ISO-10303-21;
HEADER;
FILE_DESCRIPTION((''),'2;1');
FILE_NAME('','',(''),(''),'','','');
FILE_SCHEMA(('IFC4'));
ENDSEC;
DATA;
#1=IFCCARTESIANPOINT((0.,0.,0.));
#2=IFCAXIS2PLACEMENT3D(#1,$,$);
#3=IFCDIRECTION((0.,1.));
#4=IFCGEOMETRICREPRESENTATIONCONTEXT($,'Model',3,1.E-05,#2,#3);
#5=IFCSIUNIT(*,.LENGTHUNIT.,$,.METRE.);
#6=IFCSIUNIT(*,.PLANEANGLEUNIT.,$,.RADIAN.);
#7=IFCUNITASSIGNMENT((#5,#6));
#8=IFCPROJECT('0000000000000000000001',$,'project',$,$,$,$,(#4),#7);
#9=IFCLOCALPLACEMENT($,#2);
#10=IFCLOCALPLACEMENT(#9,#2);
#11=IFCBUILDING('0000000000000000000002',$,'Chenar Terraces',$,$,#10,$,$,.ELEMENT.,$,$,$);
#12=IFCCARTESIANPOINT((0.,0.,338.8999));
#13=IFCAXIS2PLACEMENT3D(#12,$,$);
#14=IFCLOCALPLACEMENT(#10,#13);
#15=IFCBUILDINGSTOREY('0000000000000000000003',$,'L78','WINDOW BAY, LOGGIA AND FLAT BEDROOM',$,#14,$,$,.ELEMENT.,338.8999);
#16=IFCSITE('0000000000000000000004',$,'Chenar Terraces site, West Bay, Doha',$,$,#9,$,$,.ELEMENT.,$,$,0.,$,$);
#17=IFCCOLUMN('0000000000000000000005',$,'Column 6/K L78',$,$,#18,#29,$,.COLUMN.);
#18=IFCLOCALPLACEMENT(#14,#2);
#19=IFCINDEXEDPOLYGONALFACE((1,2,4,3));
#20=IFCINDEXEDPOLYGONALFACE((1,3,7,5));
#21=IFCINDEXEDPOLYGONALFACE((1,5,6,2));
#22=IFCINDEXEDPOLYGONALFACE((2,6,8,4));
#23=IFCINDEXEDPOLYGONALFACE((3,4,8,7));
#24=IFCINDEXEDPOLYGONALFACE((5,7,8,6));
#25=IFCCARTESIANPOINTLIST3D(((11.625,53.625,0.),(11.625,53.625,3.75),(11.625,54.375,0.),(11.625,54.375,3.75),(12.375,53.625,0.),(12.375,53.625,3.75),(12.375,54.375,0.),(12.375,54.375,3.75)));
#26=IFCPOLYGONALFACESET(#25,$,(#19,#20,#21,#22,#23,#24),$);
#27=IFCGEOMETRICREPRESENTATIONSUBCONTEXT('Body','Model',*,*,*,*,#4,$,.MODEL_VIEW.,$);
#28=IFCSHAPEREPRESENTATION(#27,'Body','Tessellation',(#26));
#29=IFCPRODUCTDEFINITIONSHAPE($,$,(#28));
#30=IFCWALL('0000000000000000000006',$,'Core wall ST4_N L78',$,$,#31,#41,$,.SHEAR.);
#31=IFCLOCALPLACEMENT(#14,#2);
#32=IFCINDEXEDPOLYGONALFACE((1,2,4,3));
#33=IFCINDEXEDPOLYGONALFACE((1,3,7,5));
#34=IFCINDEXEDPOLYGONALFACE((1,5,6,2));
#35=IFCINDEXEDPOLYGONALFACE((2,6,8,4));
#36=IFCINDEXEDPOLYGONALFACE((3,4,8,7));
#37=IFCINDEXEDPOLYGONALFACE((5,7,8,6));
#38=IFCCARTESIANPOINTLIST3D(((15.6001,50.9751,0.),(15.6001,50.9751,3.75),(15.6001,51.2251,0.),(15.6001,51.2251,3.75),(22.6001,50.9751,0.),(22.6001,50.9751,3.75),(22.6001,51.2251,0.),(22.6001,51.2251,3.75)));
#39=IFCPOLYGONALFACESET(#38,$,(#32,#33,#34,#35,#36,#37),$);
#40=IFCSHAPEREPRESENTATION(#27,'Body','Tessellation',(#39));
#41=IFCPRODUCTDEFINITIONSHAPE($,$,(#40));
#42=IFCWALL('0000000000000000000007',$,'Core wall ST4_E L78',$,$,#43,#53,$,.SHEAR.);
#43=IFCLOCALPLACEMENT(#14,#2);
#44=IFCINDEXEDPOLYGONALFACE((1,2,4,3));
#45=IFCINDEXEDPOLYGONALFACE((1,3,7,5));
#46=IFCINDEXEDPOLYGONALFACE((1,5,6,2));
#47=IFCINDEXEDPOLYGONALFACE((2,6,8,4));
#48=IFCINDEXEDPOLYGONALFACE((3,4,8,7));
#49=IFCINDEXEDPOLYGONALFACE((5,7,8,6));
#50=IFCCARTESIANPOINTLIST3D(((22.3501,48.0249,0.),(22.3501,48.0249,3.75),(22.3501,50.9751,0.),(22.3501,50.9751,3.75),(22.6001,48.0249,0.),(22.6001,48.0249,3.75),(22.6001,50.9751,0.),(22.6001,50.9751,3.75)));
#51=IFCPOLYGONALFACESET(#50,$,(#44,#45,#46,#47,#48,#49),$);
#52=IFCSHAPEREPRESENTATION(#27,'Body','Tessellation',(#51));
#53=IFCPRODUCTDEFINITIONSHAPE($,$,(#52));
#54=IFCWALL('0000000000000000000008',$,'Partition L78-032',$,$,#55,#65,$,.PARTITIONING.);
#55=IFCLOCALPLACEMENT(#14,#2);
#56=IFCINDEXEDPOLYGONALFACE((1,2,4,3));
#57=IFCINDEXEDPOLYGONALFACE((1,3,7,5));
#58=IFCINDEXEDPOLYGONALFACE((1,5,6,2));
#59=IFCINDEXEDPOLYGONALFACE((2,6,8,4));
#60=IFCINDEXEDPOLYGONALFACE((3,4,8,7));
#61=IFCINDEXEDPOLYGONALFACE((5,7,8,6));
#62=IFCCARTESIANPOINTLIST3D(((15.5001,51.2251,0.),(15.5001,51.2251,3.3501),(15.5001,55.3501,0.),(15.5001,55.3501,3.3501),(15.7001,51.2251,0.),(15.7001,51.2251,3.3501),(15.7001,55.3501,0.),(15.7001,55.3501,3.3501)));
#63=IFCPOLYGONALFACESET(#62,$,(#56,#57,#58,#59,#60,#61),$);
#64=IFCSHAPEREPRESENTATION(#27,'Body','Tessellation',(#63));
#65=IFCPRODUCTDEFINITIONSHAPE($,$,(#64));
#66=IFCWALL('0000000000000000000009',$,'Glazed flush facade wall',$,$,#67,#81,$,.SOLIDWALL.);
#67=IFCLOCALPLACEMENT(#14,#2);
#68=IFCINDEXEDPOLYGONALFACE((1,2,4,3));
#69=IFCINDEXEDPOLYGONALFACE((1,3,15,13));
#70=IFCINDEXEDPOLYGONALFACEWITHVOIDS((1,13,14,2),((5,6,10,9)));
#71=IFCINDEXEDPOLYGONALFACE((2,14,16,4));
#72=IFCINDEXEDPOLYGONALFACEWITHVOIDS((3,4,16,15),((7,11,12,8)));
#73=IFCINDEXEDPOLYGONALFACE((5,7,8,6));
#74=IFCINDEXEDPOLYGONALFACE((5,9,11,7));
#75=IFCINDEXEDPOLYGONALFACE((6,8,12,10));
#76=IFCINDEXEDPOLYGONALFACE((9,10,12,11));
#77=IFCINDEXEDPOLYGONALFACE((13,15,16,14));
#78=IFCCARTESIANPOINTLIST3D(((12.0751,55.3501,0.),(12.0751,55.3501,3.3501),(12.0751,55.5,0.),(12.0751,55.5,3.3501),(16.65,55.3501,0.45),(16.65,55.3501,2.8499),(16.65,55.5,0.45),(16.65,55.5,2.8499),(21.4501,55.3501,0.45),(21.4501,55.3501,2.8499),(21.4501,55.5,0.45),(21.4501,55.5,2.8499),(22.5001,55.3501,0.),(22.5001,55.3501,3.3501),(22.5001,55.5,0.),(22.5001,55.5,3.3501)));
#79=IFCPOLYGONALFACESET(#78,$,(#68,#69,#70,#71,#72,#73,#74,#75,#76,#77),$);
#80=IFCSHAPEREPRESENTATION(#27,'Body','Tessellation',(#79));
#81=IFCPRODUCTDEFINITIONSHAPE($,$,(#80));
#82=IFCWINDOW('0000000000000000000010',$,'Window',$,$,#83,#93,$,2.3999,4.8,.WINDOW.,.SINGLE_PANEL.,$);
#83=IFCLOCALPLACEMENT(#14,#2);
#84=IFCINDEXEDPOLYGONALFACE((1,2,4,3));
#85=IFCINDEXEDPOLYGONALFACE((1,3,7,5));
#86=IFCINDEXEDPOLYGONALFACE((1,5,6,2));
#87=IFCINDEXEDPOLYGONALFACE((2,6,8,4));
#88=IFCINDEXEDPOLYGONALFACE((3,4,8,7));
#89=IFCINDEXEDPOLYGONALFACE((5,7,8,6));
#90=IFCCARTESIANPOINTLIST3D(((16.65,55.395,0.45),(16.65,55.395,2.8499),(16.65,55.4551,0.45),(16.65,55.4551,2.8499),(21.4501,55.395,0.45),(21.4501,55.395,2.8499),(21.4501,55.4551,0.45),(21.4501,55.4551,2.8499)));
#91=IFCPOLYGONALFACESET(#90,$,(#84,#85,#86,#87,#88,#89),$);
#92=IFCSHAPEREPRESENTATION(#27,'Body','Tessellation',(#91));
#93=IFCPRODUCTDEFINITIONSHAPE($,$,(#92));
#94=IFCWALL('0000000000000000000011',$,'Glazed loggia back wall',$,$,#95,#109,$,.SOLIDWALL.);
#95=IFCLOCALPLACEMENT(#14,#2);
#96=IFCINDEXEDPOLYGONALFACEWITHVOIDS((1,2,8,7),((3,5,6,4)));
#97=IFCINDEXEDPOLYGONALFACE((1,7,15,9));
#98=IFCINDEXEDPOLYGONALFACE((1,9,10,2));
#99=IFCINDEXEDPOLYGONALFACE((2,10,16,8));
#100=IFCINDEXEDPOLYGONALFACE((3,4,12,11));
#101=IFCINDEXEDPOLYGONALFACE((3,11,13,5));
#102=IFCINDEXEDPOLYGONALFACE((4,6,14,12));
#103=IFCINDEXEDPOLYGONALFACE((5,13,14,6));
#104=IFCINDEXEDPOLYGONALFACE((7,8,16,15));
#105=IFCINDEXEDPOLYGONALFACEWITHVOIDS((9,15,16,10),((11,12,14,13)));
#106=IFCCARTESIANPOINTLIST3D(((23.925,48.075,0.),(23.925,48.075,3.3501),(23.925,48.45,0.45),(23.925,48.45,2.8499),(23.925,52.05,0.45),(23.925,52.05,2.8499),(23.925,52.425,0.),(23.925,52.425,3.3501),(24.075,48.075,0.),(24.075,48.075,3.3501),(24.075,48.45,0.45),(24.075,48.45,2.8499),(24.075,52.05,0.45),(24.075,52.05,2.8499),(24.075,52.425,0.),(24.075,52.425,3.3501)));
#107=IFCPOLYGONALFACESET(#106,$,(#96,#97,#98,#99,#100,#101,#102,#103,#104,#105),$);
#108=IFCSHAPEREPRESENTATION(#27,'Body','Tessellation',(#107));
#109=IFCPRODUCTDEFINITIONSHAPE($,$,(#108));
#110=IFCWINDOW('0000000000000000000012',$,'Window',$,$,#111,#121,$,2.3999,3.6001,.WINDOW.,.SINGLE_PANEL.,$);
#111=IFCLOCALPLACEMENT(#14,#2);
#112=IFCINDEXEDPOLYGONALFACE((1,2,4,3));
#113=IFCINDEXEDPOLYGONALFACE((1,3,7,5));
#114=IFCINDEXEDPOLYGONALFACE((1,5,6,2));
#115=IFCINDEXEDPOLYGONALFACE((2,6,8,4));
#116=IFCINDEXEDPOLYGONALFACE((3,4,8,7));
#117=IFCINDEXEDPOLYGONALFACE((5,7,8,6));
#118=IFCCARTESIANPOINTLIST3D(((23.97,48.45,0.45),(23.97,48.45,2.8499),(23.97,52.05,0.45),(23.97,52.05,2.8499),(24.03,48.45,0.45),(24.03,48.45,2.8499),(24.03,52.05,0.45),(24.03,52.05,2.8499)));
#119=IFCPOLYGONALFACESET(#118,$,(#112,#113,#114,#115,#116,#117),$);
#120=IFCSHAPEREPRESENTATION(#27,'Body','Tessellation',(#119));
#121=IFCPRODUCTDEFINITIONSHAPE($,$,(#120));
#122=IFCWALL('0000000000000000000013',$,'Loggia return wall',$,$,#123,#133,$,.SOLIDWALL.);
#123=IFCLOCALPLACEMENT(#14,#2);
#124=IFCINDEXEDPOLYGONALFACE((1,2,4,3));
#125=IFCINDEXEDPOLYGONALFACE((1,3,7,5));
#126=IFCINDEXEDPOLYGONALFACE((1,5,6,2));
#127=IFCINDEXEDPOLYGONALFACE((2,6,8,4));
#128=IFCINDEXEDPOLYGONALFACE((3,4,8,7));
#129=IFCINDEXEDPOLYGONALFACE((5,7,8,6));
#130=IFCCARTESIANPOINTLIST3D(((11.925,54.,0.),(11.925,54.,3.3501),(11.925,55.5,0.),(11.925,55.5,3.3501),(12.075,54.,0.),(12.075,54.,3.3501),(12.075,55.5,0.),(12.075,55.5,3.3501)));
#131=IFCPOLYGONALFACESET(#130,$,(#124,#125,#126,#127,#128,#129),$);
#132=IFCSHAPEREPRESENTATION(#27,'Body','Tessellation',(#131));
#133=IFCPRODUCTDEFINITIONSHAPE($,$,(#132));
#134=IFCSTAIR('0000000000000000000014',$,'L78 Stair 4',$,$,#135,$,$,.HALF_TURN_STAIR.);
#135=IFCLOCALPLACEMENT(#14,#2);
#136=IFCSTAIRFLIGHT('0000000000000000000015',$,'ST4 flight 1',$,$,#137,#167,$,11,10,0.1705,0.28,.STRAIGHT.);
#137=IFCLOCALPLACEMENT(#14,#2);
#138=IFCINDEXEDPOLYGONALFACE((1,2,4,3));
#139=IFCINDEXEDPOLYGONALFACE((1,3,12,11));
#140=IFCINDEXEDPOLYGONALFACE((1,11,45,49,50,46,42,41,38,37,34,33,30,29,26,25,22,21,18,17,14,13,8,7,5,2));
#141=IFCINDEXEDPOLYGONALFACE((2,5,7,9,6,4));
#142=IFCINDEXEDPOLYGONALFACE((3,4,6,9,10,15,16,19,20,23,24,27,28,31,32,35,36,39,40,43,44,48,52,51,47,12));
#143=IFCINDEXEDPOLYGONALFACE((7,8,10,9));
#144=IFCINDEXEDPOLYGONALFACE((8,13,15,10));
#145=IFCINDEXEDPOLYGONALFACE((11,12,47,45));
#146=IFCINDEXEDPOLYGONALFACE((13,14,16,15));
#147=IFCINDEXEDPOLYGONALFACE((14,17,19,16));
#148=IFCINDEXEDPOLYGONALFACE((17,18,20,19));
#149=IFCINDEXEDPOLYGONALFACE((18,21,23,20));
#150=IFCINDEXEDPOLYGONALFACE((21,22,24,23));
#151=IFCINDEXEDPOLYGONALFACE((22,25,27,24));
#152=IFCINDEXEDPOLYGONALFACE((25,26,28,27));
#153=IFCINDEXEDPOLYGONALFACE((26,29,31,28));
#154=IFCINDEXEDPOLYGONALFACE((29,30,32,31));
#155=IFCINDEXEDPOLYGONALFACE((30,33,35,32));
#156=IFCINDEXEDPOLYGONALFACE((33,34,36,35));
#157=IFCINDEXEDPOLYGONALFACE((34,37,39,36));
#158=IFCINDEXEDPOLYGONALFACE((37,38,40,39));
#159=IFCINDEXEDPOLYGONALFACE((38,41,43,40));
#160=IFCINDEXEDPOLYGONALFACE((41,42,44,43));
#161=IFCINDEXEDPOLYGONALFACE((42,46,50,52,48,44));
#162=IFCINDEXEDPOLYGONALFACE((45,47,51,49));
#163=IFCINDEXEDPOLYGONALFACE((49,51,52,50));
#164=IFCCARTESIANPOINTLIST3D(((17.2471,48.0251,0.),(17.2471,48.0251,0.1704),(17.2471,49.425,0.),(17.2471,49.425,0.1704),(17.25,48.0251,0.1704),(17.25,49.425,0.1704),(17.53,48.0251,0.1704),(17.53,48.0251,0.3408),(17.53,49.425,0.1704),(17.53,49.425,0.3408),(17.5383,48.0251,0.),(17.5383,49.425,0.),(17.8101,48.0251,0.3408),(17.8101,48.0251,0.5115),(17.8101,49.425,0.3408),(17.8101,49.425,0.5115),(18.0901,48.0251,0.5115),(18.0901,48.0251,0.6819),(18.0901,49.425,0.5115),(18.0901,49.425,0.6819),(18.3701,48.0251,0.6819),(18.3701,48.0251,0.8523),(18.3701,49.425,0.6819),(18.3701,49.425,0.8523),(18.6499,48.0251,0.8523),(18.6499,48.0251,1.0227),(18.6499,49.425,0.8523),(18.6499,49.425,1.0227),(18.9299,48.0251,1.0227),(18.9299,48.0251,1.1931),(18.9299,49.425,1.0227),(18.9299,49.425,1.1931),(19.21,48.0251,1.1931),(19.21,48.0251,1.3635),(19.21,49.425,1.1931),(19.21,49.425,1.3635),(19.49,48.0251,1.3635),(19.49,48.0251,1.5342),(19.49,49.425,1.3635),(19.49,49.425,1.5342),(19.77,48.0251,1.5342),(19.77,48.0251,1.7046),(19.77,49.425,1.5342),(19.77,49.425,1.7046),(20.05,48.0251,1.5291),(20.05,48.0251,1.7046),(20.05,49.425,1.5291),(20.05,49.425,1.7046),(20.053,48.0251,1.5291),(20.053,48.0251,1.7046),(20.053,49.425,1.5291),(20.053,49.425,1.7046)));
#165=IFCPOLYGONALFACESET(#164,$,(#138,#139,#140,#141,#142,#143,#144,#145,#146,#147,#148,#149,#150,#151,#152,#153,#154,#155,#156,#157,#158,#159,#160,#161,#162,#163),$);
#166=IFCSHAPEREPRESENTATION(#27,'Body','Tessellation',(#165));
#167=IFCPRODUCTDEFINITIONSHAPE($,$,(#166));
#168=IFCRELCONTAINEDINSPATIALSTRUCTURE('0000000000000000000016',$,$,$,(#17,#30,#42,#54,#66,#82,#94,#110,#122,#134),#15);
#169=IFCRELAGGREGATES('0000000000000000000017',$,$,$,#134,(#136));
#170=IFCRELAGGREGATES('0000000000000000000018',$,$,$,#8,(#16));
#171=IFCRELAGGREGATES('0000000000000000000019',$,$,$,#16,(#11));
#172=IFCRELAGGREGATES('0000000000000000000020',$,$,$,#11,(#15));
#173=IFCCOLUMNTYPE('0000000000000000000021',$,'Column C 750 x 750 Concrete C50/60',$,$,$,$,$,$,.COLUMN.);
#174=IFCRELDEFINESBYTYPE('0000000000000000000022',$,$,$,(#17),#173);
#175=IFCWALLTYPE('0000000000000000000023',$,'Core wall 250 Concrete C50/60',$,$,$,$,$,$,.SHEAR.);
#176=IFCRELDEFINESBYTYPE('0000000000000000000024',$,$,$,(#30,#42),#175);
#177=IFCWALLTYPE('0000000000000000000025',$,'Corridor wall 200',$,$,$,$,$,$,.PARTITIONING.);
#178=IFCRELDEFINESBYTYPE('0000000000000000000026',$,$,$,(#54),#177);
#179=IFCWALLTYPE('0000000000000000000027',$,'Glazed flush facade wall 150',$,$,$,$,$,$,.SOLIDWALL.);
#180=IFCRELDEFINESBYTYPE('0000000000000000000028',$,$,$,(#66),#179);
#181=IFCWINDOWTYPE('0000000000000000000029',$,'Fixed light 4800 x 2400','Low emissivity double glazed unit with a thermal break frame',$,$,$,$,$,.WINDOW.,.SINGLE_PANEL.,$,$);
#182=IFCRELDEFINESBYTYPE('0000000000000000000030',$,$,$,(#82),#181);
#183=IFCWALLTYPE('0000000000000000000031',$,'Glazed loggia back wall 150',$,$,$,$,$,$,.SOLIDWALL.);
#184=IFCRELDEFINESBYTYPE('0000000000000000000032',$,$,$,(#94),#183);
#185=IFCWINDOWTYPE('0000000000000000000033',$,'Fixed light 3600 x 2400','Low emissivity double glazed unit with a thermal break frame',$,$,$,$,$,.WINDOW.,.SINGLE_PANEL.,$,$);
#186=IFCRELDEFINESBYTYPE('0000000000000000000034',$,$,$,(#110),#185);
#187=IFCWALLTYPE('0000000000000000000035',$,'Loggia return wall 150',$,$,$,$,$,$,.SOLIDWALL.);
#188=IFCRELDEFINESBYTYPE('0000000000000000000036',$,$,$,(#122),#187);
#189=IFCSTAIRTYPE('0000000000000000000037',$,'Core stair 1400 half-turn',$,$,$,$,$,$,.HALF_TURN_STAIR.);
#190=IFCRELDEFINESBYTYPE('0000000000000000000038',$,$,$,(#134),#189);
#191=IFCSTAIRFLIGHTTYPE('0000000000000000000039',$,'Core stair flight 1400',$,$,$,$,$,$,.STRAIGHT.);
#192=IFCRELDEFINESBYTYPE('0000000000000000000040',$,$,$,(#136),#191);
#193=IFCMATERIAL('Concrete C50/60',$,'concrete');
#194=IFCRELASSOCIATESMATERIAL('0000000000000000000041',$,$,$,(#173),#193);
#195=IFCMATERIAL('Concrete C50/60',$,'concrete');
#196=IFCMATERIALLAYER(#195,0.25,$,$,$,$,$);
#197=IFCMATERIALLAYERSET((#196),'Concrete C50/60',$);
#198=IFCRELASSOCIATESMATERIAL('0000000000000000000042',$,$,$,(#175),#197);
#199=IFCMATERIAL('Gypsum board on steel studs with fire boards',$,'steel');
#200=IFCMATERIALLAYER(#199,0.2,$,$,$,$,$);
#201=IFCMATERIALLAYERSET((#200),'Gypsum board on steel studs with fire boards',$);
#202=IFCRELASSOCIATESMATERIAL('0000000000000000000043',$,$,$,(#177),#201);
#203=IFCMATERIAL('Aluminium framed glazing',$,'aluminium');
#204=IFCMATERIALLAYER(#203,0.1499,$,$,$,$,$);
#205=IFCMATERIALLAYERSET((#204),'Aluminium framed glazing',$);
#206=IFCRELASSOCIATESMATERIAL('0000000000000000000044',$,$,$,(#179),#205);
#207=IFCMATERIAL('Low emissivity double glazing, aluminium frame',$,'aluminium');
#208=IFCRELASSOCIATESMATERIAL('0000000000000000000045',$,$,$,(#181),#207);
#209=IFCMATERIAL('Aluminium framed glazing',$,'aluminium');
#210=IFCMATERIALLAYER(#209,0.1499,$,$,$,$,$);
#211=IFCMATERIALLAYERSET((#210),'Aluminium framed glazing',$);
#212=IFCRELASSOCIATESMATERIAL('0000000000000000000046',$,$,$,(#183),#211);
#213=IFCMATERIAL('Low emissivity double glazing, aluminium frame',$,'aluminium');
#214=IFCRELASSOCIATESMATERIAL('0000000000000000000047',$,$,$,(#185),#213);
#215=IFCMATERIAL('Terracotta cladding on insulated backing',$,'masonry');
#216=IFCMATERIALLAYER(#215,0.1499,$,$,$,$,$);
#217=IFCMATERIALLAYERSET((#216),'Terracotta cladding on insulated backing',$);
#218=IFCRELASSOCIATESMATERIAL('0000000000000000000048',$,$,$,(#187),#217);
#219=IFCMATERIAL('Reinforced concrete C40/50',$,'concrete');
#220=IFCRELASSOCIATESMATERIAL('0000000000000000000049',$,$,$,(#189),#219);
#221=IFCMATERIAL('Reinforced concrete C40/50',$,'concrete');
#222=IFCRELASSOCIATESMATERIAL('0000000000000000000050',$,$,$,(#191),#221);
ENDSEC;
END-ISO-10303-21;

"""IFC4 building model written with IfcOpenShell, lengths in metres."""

from ifc_helpers import new_model, si_unit, direction, frame, frame_2d, origin, origin_2d, place, context, subcontext, project, spatial, polyline, rectangle, outline, extrude, material, layer, layer_set, material_profile, profile_set, type_object, element, fill, aggregate, save


model = new_model("IFC4")

# Units and contexts
model_context = context("Model", 3, precision=1e-05, world=origin(), true_north=direction((0.0, 1.0)))
body_context = subcontext(model_context, "Body", "Model", "MODEL_VIEW")
ifc_project = project(units=[si_unit("LENGTHUNIT", "METRE"), si_unit("PLANEANGLEUNIT", "RADIAN")], contexts=[model_context])

# Site, building, storey
site_placement = place(None, origin())
site = spatial("IfcSite", under=ifc_project, at=site_placement, Name="Chenar Terraces site, West Bay, Doha", CompositionType="ELEMENT", RefElevation=0.0)
building_placement = place(site_placement, origin())
building = spatial("IfcBuilding", under=site, at=building_placement, Name="Chenar Terraces", CompositionType="ELEMENT")
storey_placement = place(building_placement, frame((0.0, 0.0, 338.8999)))
storey = spatial("IfcBuildingStorey", under=building, at=storey_placement, Name="L78", Description="WINDOW BAY, LOGGIA AND FLAT BEDROOM", CompositionType="ELEMENT", Elevation=338.8999)

# Column
ifc_material_1 = material(Name="Concrete C50/60", Category="concrete")
ifc_material_profile_1 = material_profile(ifc_material_1, rectangle(XDim=0.75, YDim=0.75, at=origin_2d()), Name="C 750 x 750")
ifc_profile_set_1 = profile_set([ifc_material_profile_1], Name="Concrete C50/60")
column_type = type_object("IfcColumnType", Name="Column C 750 x 750 Concrete C50/60", PredefinedType="COLUMN", material=ifc_profile_set_1)
column_placement = place(storey_placement, frame((12.0, 54.0, 0.0), z_axis=(0.0, 0.0, 1.0), x_axis=(1.0, 0.0, 0.0)))
element("IfcColumn", 1, at=column_placement, inside=storey, type_object=column_type, Name="Column 6/K L78", PredefinedType="COLUMN", context=body_context, shape_type="SweptSolid", body=[
    extrude(rectangle(XDim=0.75, YDim=0.75, at=origin_2d()), origin(), (0.0, 0.0, 1.0), 3.75),
])

# Walls
ifc_material_2 = material(Name="Concrete C50/60", Category="concrete")
ifc_layer_1 = layer(ifc_material_2, 0.25)
ifc_layer_set_1 = layer_set([ifc_layer_1], Name="Concrete C50/60")
wall_type_1 = type_object("IfcWallType", Name="Core wall 250 Concrete C50/60", PredefinedType="SHEAR", material=ifc_layer_set_1)
wall_1_placement = place(storey_placement, frame((15.6001, 51.1001, 0.0), z_axis=(0.0, 0.0, 1.0), x_axis=(1.0, 0.0, 0.0)))
element("IfcWall", 2, at=wall_1_placement, inside=storey, type_object=wall_type_1, Name="Core wall ST4_N L78", PredefinedType="SHEAR", context=body_context, shape_type="SweptSolid", body=[
    extrude(rectangle(XDim=7.0, YDim=0.25, at=frame_2d((3.5, 0.0))), origin(), (0.0, 0.0, 1.0), 3.75),
])
wall_2_placement = place(storey_placement, frame((22.4751, 48.0249, 0.0), z_axis=(0.0, 0.0, 1.0), x_axis=(0.0, 1.0, 0.0)))
element("IfcWall", 3, at=wall_2_placement, inside=storey, type_object=wall_type_1, Name="Core wall ST4_E L78", PredefinedType="SHEAR", context=body_context, shape_type="SweptSolid", body=[
    extrude(rectangle(XDim=2.9502, YDim=0.25, at=frame_2d((1.4751, 0.0))), origin(), (0.0, 0.0, 1.0), 3.75),
])
ifc_material_3 = material(Name="Gypsum board on steel studs with fire boards", Category="steel")
ifc_layer_2 = layer(ifc_material_3, 0.2)
ifc_layer_set_2 = layer_set([ifc_layer_2], Name="Gypsum board on steel studs with fire boards")
wall_type_2 = type_object("IfcWallType", Name="Corridor wall 200", PredefinedType="PARTITIONING", material=ifc_layer_set_2)
wall_3_placement = place(storey_placement, frame((15.6001, 51.2251, 0.0), z_axis=(0.0, 0.0, 1.0), x_axis=(0.0, 1.0, 0.0)))
element("IfcWall", 4, at=wall_3_placement, inside=storey, type_object=wall_type_2, Name="Partition L78-032", PredefinedType="PARTITIONING", context=body_context, shape_type="SweptSolid", body=[
    extrude(rectangle(XDim=4.125, YDim=0.2, at=frame_2d((2.0625, 0.0))), origin(), (0.0, 0.0, 1.0), 3.3501),
])

# Walls, openings, windows
ifc_material_4 = material(Name="Aluminium framed glazing", Category="aluminium")
ifc_layer_3 = layer(ifc_material_4, 0.1499)
ifc_layer_set_3 = layer_set([ifc_layer_3], Name="Aluminium framed glazing")
wall_type_3 = type_object("IfcWallType", Name="Glazed flush facade wall 150", PredefinedType="SOLIDWALL", material=ifc_layer_set_3)
wall_4_placement = place(storey_placement, frame((22.5, 55.425, 0.0), z_axis=(0.0, 0.0, 1.0), x_axis=(-1.0, 0.0, 0.0)))
wall_4 = element("IfcWall", 5, at=wall_4_placement, inside=storey, type_object=wall_type_3, Name="Glazed flush facade wall", PredefinedType="SOLIDWALL", context=body_context, shape_type="SweptSolid", body=[
    extrude(rectangle(XDim=10.425, YDim=0.1499, at=frame_2d((5.2124, 0.0))), origin(), (0.0, 0.0, 1.0), 3.3501),
])
opening_1_placement = place(wall_4_placement, frame((1.05, 0.0, 0.45)))
opening_1 = element("IfcOpeningElement", 6, at=opening_1_placement, cuts=wall_4, PredefinedType="OPENING", context=body_context, shape_type="SweptSolid", body=[
    extrude(rectangle(XDim=4.8, YDim=2.3999, at=frame_2d((2.3999, 1.2))), frame((0.0, 0.085, 0.0), z_axis=(0.0, -1.0, 0.0), x_axis=(1.0, 0.0, 0.0)), (0.0, 0.0, 1.0), 0.1699),
])
ifc_material_5 = material(Name="Low emissivity double glazing, aluminium frame", Category="aluminium")
window_type_1 = type_object("IfcWindowType", Name="Fixed light 4800 x 2400", Description="Low emissivity double glazed unit with a thermal break frame", PartitioningType="SINGLE_PANEL", PredefinedType="WINDOW", material=ifc_material_5)
window_1_placement = place(opening_1_placement, origin())
window_1 = element("IfcWindow", 7, at=window_1_placement, inside=storey, type_object=window_type_1, Name="Window", OverallHeight=2.3999, OverallWidth=4.8, PartitioningType="SINGLE_PANEL", PredefinedType="WINDOW", context=body_context, shape_type="SweptSolid", body=[
    extrude(rectangle(XDim=4.8, YDim=2.3999, at=frame_2d((2.3999, 1.2))), frame((0.0, 0.03, 0.0), z_axis=(0.0, -1.0, 0.0), x_axis=(1.0, 0.0, 0.0)), (0.0, 0.0, 1.0), 0.0601),
])
fill(opening_1, window_1)
ifc_material_6 = material(Name="Aluminium framed glazing", Category="aluminium")
ifc_layer_4 = layer(ifc_material_6, 0.1499)
ifc_layer_set_4 = layer_set([ifc_layer_4], Name="Aluminium framed glazing")
wall_type_4 = type_object("IfcWallType", Name="Glazed loggia back wall 150", PredefinedType="SOLIDWALL", material=ifc_layer_set_4)
wall_5_placement = place(storey_placement, frame((24.0, 48.075, 0.0), z_axis=(0.0, 0.0, 1.0), x_axis=(0.0, 1.0, 0.0)))
wall_5 = element("IfcWall", 8, at=wall_5_placement, inside=storey, type_object=wall_type_4, Name="Glazed loggia back wall", PredefinedType="SOLIDWALL", context=body_context, shape_type="SweptSolid", body=[
    extrude(rectangle(XDim=4.3501, YDim=0.1499, at=frame_2d((2.175, 0.0))), origin(), (0.0, 0.0, 1.0), 3.3501),
])
opening_2_placement = place(wall_5_placement, frame((0.375, 0.0, 0.45)))
opening_2 = element("IfcOpeningElement", 9, at=opening_2_placement, cuts=wall_5, PredefinedType="OPENING", context=body_context, shape_type="SweptSolid", body=[
    extrude(rectangle(XDim=3.6001, YDim=2.3999, at=frame_2d((1.8, 1.2))), frame((0.0, 0.085, 0.0), z_axis=(0.0, -1.0, 0.0), x_axis=(1.0, 0.0, 0.0)), (0.0, 0.0, 1.0), 0.1699),
])
ifc_material_7 = material(Name="Low emissivity double glazing, aluminium frame", Category="aluminium")
window_type_2 = type_object("IfcWindowType", Name="Fixed light 3600 x 2400", Description="Low emissivity double glazed unit with a thermal break frame", PartitioningType="SINGLE_PANEL", PredefinedType="WINDOW", material=ifc_material_7)
window_2_placement = place(opening_2_placement, origin())
window_2 = element("IfcWindow", 10, at=window_2_placement, inside=storey, type_object=window_type_2, Name="Window", OverallHeight=2.3999, OverallWidth=3.6001, PartitioningType="SINGLE_PANEL", PredefinedType="WINDOW", context=body_context, shape_type="SweptSolid", body=[
    extrude(rectangle(XDim=3.6001, YDim=2.3999, at=frame_2d((1.8, 1.2))), frame((0.0, 0.03, 0.0), z_axis=(0.0, -1.0, 0.0), x_axis=(1.0, 0.0, 0.0)), (0.0, 0.0, 1.0), 0.0601),
])
fill(opening_2, window_2)

# Wall
ifc_material_8 = material(Name="Terracotta cladding on insulated backing", Category="masonry")
ifc_layer_5 = layer(ifc_material_8, 0.1499)
ifc_layer_set_5 = layer_set([ifc_layer_5], Name="Terracotta cladding on insulated backing")
wall_type_5 = type_object("IfcWallType", Name="Loggia return wall 150", PredefinedType="SOLIDWALL", material=ifc_layer_set_5)
wall_6_placement = place(storey_placement, frame((12.0, 55.5, 0.0), z_axis=(0.0, 0.0, 1.0), x_axis=(0.0, -1.0, 0.0)))
element("IfcWall", 11, at=wall_6_placement, inside=storey, type_object=wall_type_5, Name="Loggia return wall", PredefinedType="SOLIDWALL", context=body_context, shape_type="SweptSolid", body=[
    extrude(rectangle(XDim=1.5, YDim=0.1499, at=frame_2d((0.75, 0.0))), origin(), (0.0, 0.0, 1.0), 3.3501),
])

# Stair, stair flight
ifc_material_9 = material(Name="Reinforced concrete C40/50", Category="concrete")
stair_type = type_object("IfcStairType", Name="Core stair 1400 half-turn", PredefinedType="HALF_TURN_STAIR", material=ifc_material_9)
stair_placement = place(storey_placement, origin())
stair = element("IfcStair", 12, at=stair_placement, inside=storey, type_object=stair_type, Name="L78 Stair 4", PredefinedType="HALF_TURN_STAIR")
ifc_material_10 = material(Name="Reinforced concrete C40/50", Category="concrete")
stair_flight_type = type_object("IfcStairFlightType", Name="Core stair flight 1400", PredefinedType="STRAIGHT", material=ifc_material_10)
stair_flight_1_placement = place(storey_placement, frame((17.25, 48.7251, 0.0), z_axis=(0.0, 0.0, 1.0), x_axis=(1.0, 0.0, 0.0)))
stair_flight_1 = element("IfcStairFlight", 13, at=stair_flight_1_placement, type_object=stair_flight_type, Name="ST4 flight 1", NumberOfRisers=11, NumberOfTreads=10, PredefinedType="STRAIGHT", RiserHeight=0.1705, TreadLength=0.28, context=body_context, shape_type="SweptSolid", body=[
    extrude(outline(polyline([(-0.0029, 0.0), (-0.0029, 0.1704), (0.0, 0.1704), (0.28, 0.1704), (0.28, 0.3408), (0.5601, 0.3408), (0.5601, 0.5115), (0.8401, 0.5115), (0.8401, 0.6819), (1.1201, 0.6819), (1.1201, 0.8523), (1.3999, 0.8523), (1.3999, 1.0227), (1.6799, 1.0227), (1.6799, 1.1931), (1.96, 1.1931), (1.96, 1.3635), (2.24, 1.3635), (2.24, 1.5342), (2.52, 1.5342), (2.52, 1.7046), (2.8, 1.7046), (2.803, 1.7046), (2.803, 1.5291), (2.8, 1.5291), (0.2883, 0.0), (-0.0029, 0.0)])), frame((0.0, 0.7, 0.0), z_axis=(0.0, -1.0, 0.0), x_axis=(1.0, 0.0, 0.0)), (0.0, 0.0, 1.0), 1.3999),
])
aggregate(stair, [stair_flight_1])

save(model, "model.ifc")
